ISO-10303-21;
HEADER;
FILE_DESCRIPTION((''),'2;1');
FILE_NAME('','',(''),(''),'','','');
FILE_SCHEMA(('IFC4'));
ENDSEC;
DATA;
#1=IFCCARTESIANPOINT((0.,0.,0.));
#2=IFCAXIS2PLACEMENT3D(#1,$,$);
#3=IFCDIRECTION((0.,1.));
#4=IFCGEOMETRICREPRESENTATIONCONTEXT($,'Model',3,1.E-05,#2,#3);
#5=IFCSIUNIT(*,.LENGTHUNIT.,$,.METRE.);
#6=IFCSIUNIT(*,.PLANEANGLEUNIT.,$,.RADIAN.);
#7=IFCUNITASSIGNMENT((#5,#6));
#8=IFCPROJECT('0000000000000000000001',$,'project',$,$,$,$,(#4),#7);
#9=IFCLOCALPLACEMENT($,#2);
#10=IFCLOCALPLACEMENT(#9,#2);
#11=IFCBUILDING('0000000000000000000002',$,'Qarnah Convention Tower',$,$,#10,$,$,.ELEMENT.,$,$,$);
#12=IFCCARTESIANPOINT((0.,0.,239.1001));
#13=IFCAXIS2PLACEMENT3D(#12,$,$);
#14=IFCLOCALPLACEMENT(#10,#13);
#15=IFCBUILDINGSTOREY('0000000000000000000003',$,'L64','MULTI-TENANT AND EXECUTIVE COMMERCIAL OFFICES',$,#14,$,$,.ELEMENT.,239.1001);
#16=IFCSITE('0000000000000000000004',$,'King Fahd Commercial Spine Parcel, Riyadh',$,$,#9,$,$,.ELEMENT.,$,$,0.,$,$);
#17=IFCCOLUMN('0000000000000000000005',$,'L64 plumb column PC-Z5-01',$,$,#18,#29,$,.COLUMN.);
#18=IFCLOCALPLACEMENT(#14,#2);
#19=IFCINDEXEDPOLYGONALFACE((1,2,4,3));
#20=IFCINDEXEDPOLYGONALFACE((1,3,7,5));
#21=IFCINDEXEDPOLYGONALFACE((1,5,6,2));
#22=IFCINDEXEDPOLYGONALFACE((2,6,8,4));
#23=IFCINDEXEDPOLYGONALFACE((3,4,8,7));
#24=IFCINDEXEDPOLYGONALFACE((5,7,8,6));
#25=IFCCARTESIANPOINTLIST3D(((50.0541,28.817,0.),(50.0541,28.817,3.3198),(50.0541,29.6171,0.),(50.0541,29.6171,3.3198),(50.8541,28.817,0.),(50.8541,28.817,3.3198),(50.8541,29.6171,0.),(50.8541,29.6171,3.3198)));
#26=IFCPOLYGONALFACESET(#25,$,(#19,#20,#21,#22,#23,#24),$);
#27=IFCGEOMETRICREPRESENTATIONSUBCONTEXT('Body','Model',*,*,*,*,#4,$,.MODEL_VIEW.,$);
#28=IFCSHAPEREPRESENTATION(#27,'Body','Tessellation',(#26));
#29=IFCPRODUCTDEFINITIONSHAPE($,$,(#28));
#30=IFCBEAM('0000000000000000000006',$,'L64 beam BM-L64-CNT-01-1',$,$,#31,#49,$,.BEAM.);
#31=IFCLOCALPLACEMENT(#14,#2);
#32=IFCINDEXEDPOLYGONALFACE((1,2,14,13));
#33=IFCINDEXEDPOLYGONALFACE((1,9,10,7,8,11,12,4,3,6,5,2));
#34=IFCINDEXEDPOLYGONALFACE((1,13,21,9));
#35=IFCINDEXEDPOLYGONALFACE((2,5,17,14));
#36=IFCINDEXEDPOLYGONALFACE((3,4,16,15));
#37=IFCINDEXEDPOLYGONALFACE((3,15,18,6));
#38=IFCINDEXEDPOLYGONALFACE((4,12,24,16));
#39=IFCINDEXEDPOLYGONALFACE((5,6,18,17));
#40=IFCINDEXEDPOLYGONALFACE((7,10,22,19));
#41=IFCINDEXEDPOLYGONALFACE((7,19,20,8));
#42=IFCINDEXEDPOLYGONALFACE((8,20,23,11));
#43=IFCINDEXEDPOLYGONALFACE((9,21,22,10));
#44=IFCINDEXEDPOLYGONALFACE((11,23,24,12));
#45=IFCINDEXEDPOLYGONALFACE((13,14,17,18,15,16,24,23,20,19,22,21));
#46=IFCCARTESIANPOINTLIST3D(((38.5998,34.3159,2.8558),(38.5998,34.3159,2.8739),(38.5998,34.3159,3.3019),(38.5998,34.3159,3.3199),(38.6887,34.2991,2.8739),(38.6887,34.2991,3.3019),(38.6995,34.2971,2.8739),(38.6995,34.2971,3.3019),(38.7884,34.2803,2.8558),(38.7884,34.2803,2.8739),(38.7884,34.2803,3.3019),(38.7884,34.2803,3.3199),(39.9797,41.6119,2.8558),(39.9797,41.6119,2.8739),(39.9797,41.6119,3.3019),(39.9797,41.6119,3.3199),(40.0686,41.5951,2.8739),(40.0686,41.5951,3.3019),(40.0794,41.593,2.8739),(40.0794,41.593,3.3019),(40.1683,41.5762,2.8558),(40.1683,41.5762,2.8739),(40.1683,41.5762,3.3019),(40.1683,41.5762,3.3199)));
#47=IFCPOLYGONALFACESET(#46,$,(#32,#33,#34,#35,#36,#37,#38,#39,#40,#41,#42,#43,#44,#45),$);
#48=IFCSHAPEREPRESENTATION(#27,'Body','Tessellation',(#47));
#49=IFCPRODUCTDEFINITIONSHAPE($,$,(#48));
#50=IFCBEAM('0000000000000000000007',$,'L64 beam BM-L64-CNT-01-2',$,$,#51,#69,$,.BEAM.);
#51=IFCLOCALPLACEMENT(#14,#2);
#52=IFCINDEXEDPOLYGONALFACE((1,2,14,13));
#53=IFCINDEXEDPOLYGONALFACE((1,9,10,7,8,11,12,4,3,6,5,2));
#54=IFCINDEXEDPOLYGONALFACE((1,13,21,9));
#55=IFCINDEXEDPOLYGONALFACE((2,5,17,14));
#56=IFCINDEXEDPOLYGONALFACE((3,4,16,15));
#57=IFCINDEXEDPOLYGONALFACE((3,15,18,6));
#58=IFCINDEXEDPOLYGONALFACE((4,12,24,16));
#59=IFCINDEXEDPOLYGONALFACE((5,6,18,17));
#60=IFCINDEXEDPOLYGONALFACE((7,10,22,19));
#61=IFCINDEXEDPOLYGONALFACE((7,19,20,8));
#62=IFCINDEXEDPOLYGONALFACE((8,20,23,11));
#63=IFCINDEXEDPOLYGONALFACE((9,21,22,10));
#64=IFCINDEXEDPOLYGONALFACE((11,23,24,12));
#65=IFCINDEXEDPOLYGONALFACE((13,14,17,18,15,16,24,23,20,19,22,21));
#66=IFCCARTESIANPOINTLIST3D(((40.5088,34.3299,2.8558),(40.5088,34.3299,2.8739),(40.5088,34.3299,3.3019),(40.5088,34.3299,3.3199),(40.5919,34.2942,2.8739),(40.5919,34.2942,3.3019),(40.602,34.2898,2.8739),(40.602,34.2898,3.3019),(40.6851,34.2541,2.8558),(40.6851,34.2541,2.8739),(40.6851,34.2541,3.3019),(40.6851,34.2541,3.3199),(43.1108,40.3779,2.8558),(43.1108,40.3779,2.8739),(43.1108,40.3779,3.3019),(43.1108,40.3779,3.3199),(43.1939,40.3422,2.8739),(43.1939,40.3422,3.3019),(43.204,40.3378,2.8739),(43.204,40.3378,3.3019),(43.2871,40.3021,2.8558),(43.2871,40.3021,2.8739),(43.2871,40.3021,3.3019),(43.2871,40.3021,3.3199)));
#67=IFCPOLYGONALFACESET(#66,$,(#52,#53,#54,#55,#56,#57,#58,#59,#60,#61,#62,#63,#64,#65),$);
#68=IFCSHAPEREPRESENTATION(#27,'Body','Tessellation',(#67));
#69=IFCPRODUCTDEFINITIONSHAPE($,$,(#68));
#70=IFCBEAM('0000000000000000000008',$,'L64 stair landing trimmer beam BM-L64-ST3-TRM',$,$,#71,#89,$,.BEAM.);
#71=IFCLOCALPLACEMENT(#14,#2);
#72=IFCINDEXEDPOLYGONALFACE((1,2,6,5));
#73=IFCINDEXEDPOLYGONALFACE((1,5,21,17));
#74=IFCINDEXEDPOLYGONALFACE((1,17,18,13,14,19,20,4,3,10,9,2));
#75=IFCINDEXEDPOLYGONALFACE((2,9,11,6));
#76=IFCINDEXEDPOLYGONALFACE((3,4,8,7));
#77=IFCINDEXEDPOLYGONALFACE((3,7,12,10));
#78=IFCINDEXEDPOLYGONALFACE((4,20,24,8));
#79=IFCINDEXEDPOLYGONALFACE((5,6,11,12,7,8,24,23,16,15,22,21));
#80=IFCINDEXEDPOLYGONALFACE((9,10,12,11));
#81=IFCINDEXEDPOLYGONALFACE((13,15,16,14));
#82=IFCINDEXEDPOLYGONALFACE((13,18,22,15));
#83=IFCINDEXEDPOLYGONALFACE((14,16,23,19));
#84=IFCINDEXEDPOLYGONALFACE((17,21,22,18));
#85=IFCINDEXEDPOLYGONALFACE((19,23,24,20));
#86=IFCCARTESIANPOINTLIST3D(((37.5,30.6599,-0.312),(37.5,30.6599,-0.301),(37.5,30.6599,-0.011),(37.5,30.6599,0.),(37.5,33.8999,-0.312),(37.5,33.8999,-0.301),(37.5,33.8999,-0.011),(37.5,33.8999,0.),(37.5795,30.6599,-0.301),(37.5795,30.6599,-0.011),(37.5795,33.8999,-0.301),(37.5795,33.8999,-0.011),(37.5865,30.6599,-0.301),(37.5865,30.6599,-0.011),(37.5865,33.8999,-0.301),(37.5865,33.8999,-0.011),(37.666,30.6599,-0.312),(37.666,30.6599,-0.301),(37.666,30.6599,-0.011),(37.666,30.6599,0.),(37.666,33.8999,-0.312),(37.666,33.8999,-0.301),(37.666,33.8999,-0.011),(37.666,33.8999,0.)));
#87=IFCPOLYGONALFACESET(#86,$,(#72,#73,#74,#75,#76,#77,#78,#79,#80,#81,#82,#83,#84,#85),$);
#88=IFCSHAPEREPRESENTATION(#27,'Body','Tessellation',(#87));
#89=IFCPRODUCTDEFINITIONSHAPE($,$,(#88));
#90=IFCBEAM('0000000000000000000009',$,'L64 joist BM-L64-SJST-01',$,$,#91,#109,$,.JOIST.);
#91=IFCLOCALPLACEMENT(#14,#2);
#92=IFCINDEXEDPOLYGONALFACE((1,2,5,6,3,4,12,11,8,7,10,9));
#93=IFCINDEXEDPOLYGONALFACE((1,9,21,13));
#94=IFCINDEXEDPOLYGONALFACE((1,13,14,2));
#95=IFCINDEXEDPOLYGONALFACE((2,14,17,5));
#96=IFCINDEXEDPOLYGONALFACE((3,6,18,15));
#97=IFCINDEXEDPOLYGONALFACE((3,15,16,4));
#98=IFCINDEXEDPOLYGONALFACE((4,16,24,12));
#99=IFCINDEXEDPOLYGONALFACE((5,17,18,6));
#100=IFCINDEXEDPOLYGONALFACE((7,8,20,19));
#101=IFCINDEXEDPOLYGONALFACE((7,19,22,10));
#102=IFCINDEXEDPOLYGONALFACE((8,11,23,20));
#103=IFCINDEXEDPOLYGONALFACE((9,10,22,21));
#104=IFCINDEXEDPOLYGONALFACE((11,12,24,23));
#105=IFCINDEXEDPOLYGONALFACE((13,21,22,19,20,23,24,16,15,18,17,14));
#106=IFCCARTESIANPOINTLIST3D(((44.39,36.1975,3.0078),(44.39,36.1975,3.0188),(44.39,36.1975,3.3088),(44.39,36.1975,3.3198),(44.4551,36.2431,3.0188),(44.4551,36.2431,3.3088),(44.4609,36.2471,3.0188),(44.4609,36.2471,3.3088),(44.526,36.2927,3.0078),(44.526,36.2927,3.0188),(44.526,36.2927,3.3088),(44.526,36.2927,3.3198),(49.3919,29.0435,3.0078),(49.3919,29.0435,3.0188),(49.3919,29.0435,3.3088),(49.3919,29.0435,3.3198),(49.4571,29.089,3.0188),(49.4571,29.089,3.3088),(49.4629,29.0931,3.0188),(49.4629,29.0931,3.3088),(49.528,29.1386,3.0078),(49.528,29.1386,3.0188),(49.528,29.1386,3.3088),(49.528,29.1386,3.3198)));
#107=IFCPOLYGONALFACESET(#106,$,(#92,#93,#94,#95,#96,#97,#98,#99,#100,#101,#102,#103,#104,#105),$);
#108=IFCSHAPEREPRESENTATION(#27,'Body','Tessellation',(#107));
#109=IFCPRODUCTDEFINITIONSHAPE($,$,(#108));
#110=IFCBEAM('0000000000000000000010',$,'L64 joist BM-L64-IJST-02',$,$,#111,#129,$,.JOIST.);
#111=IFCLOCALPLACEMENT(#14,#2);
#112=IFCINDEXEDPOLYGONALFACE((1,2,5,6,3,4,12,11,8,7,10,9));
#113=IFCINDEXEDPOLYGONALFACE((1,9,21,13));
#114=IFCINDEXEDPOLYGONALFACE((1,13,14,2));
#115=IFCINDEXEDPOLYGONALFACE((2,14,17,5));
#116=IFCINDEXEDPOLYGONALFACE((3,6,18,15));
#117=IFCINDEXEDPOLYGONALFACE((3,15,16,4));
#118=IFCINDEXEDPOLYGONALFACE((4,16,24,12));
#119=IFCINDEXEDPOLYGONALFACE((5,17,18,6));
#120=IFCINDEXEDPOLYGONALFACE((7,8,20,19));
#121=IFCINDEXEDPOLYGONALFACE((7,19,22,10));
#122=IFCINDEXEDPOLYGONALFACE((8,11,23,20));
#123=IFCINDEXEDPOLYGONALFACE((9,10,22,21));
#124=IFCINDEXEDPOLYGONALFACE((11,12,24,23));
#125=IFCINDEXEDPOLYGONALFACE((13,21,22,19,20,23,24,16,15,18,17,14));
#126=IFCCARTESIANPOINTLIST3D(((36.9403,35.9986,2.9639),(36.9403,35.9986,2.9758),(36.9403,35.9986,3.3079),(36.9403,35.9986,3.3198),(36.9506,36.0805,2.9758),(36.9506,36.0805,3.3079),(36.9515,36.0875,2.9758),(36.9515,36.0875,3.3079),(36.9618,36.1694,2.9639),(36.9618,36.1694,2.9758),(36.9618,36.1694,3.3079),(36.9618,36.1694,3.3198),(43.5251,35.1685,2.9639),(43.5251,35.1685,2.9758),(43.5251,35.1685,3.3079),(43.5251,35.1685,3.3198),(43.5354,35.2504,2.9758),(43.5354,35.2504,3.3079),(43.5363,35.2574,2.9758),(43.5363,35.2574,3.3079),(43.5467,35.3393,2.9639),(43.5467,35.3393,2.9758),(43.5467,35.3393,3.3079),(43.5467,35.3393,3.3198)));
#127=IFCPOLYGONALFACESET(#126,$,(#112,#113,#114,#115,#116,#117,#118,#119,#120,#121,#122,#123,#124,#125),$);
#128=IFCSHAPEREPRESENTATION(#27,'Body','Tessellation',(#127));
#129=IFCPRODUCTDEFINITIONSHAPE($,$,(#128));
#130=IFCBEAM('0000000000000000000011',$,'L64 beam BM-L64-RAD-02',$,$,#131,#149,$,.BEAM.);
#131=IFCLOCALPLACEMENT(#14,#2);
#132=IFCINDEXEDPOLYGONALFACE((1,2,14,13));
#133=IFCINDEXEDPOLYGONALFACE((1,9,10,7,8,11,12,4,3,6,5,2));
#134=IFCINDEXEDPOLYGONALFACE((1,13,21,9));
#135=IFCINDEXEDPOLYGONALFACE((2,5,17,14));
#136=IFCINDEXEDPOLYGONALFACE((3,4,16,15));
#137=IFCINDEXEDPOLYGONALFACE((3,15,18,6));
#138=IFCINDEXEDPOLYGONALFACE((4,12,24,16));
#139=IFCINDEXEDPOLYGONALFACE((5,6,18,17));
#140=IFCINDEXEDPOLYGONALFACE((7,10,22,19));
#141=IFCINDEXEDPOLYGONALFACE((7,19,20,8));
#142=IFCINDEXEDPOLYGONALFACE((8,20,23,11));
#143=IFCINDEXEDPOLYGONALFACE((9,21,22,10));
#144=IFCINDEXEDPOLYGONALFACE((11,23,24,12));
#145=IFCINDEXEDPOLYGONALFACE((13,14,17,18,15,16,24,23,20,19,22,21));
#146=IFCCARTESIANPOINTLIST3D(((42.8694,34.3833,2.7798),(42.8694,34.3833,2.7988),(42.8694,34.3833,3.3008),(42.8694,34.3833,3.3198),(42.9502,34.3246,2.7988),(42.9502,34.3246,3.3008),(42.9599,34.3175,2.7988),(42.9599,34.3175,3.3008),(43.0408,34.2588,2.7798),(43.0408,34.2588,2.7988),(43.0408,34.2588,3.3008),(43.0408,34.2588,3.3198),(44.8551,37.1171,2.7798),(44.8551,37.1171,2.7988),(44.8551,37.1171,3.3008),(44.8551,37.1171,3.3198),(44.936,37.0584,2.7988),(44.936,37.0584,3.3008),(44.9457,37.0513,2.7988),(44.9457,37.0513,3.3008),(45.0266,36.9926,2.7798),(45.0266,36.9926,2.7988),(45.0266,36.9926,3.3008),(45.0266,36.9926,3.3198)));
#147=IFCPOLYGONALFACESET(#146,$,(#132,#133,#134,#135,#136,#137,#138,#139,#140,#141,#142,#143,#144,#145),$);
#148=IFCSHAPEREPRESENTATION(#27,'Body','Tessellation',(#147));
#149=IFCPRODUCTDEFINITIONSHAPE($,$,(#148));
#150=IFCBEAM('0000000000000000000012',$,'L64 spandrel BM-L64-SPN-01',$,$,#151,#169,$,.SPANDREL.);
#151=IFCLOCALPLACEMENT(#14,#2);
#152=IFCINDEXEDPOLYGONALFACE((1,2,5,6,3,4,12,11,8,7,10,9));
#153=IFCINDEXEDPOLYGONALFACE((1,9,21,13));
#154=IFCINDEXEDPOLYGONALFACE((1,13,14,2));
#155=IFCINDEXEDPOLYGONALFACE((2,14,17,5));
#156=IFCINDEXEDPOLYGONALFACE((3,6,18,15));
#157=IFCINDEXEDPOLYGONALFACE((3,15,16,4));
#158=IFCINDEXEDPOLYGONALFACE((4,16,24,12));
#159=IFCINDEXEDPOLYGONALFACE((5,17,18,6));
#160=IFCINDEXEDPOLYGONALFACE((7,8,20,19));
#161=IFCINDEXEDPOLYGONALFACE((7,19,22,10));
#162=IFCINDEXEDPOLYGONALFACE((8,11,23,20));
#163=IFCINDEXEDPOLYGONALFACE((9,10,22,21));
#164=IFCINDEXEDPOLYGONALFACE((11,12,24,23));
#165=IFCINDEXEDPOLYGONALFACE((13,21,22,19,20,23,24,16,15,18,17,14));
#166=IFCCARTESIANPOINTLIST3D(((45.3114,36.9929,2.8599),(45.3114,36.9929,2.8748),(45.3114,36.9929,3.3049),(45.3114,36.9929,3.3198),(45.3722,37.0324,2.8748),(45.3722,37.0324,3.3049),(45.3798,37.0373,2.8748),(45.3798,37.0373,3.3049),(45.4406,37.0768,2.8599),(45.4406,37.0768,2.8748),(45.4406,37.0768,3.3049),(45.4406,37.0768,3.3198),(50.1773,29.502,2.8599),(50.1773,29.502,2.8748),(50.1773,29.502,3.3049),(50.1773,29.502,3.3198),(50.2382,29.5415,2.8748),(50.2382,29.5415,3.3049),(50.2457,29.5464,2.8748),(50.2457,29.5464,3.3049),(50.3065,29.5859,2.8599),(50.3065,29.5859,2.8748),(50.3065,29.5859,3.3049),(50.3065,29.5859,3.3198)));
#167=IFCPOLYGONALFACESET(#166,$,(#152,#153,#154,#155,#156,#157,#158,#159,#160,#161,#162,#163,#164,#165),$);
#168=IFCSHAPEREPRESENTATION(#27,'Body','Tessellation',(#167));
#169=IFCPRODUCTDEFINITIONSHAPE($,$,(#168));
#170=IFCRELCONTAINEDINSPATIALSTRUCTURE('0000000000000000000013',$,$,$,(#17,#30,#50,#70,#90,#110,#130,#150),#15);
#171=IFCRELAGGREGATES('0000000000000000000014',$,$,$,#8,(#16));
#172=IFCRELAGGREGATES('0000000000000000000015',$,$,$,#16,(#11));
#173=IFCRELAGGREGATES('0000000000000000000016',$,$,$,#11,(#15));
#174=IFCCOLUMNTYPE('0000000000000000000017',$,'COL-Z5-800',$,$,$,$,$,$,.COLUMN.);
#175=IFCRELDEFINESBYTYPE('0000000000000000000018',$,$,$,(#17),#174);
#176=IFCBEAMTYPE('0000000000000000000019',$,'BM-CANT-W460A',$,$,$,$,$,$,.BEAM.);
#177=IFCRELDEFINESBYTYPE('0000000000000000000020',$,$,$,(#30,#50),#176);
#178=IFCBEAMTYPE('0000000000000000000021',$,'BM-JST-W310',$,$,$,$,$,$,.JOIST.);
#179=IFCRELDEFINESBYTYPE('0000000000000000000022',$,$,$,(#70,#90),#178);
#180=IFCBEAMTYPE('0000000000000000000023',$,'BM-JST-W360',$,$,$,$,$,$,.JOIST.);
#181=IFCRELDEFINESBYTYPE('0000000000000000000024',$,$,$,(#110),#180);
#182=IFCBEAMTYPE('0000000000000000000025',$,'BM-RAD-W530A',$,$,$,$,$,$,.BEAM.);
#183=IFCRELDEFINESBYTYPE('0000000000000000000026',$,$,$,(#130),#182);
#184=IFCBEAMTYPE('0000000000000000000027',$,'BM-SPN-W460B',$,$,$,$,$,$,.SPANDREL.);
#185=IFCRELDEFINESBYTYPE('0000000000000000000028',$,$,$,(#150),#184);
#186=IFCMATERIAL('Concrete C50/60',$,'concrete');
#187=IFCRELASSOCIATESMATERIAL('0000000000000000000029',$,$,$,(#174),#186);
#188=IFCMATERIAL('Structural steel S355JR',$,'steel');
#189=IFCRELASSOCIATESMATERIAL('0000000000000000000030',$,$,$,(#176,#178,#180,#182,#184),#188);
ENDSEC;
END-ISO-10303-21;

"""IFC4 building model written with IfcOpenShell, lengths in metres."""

from ifc_helpers import new_model, si_unit, direction, frame, origin, origin_2d, place, context, subcontext, project, spatial, rectangle, i_section, extrude, material, material_profile, profile_set, type_object, element, save


model = new_model("IFC4")

# Units and contexts
model_context = context("Model", 3, precision=1e-05, world=origin(), true_north=direction((0.0, 1.0)))
body_context = subcontext(model_context, "Body", "Model", "MODEL_VIEW")
ifc_project = project(units=[si_unit("LENGTHUNIT", "METRE"), si_unit("PLANEANGLEUNIT", "RADIAN")], contexts=[model_context])

# Site, building, storey
site_placement = place(None, origin())
site = spatial("IfcSite", under=ifc_project, at=site_placement, Name="King Fahd Commercial Spine Parcel, Riyadh", CompositionType="ELEMENT", RefElevation=0.0)
building_placement = place(site_placement, origin())
building = spatial("IfcBuilding", under=site, at=building_placement, Name="Qarnah Convention Tower", CompositionType="ELEMENT")
storey_placement = place(building_placement, frame((0.0, 0.0, 239.1001)))
storey = spatial("IfcBuildingStorey", under=building, at=storey_placement, Name="L64", Description="MULTI-TENANT AND EXECUTIVE COMMERCIAL OFFICES", CompositionType="ELEMENT", Elevation=239.1001)

# Column
ifc_material_1 = material(Name="Concrete C50/60", Category="concrete")
ifc_material_profile_1 = material_profile(ifc_material_1, rectangle(XDim=0.8, YDim=0.8, at=origin_2d()), Name="RC-COL-800X800")
ifc_profile_set_1 = profile_set([ifc_material_profile_1], Name="Concrete C50/60")
column_type = type_object("IfcColumnType", Name="COL-Z5-800", PredefinedType="COLUMN", material=ifc_profile_set_1)
column_placement = place(storey_placement, frame((50.4541, 29.217, 0.0), z_axis=(0.0, 0.0, 1.0), x_axis=(1.0, 0.0, 0.0)))
element("IfcColumn", 1, at=column_placement, inside=storey, type_object=column_type, Name="L64 plumb column PC-Z5-01", PredefinedType="COLUMN", context=body_context, shape_type="SweptSolid", body=[
    extrude(rectangle(XDim=0.8, YDim=0.8, at=origin_2d()), origin(), (0.0, 0.0, 1.0), 3.3198),
])

# Beams
ifc_material_2 = material(Name="Structural steel S355JR", Category="steel")
ifc_material_profile_2 = material_profile(ifc_material_2, i_section(OverallWidth=0.1919, OverallDepth=0.4641, WebThickness=0.011, FlangeThickness=0.0181, at=origin_2d()), Name="W460X89")
ifc_profile_set_2 = profile_set([ifc_material_profile_2], Name="Structural steel S355JR")
beam_type_1 = type_object("IfcBeamType", Name="BM-CANT-W460A", PredefinedType="BEAM", material=ifc_profile_set_2)
beam_1_placement = place(storey_placement, frame((38.6941, 34.2981, 3.0879), z_axis=(0.185837, 0.982581, 0.0), x_axis=(-0.982581, 0.185837, 0.0)))
element("IfcBeam", 2, at=beam_1_placement, inside=storey, type_object=beam_type_1, Name="L64 beam BM-L64-CNT-01-1", PredefinedType="BEAM", context=body_context, shape_type="SweptSolid", body=[
    extrude(i_section(OverallWidth=0.1919, OverallDepth=0.4641, WebThickness=0.011, FlangeThickness=0.0181, at=origin_2d()), origin(), (0.0, 0.0, 1.0), 7.4253),
])
beam_2_placement = place(storey_placement, frame((40.5969, 34.292, 3.0879), z_axis=(0.395203, 0.918594, 0.0), x_axis=(-0.918594, 0.395203, 0.0)))
element("IfcBeam", 3, at=beam_2_placement, inside=storey, type_object=beam_type_1, Name="L64 beam BM-L64-CNT-01-2", PredefinedType="BEAM", context=body_context, shape_type="SweptSolid", body=[
    extrude(i_section(OverallWidth=0.1919, OverallDepth=0.4641, WebThickness=0.011, FlangeThickness=0.0181, at=origin_2d()), origin(), (0.0, 0.0, 1.0), 6.584),
])
ifc_material_profile_3 = material_profile(ifc_material_2, i_section(OverallWidth=0.166, OverallDepth=0.312, WebThickness=0.0071, FlangeThickness=0.011, at=origin_2d()), Name="W310X45")
ifc_profile_set_3 = profile_set([ifc_material_profile_3], Name="Structural steel S355JR")
beam_type_2 = type_object("IfcBeamType", Name="BM-JST-W310", PredefinedType="JOIST", material=ifc_profile_set_3)
beam_3_placement = place(storey_placement, frame((37.583, 30.6599, -0.156), z_axis=(0.0, 1.0, 0.0), x_axis=(-1.0, 0.0, 0.0)))
element("IfcBeam", 4, at=beam_3_placement, inside=storey, type_object=beam_type_2, Name="L64 stair landing trimmer beam BM-L64-ST3-TRM", PredefinedType="BEAM", context=body_context, shape_type="SweptSolid", body=[
    extrude(i_section(OverallWidth=0.166, OverallDepth=0.312, WebThickness=0.0071, FlangeThickness=0.011, at=origin_2d()), origin(), (0.0, 0.0, 1.0), 3.24),
])
beam_4_placement = place(storey_placement, frame((49.46, 29.0911, 3.1638), z_axis=(-0.57301, 0.819548, 0.0), x_axis=(-0.819548, -0.57301, 0.0)))
element("IfcBeam", 5, at=beam_4_placement, inside=storey, type_object=beam_type_2, Name="L64 joist BM-L64-SJST-01", PredefinedType="JOIST", context=body_context, shape_type="SweptSolid", body=[
    extrude(i_section(OverallWidth=0.166, OverallDepth=0.312, WebThickness=0.0071, FlangeThickness=0.011, at=origin_2d()), origin(), (0.0, 0.0, 1.0), 8.7292),
])
ifc_material_profile_4 = material_profile(ifc_material_2, i_section(OverallWidth=0.1721, OverallDepth=0.356, WebThickness=0.0071, FlangeThickness=0.012, at=origin_2d()), Name="W360X51")
ifc_profile_set_4 = profile_set([ifc_material_profile_4], Name="Structural steel S355JR")
beam_type_3 = type_object("IfcBeamType", Name="BM-JST-W360", PredefinedType="JOIST", material=ifc_profile_set_4)
beam_5_placement = place(storey_placement, frame((43.5359, 35.2539, 3.1418), z_axis=(-0.992148, 0.125067, 0.0), x_axis=(-0.125067, -0.992148, 0.0)))
element("IfcBeam", 6, at=beam_5_placement, inside=storey, type_object=beam_type_3, Name="L64 joist BM-L64-IJST-02", PredefinedType="JOIST", context=body_context, shape_type="SweptSolid", body=[
    extrude(i_section(OverallWidth=0.1721, OverallDepth=0.356, WebThickness=0.0071, FlangeThickness=0.012, at=origin_2d()), origin(), (0.0, 0.0, 1.0), 6.637),
])
ifc_material_profile_5 = material_profile(ifc_material_2, i_section(OverallWidth=0.2119, OverallDepth=0.54, WebThickness=0.012, FlangeThickness=0.019, at=origin_2d()), Name="W530X109")
ifc_profile_set_5 = profile_set([ifc_material_profile_5], Name="Structural steel S355JR")
beam_type_4 = type_object("IfcBeamType", Name="BM-RAD-W530A", PredefinedType="BEAM", material=ifc_profile_set_5)
beam_6_placement = place(storey_placement, frame((42.9551, 34.321, 3.0498), z_axis=(0.587699, 0.80908, 0.0), x_axis=(-0.80908, 0.587699, 0.0)))
element("IfcBeam", 7, at=beam_6_placement, inside=storey, type_object=beam_type_4, Name="L64 beam BM-L64-RAD-02", PredefinedType="BEAM", context=body_context, shape_type="SweptSolid", body=[
    extrude(i_section(OverallWidth=0.2119, OverallDepth=0.54, WebThickness=0.012, FlangeThickness=0.019, at=origin_2d()), origin(), (0.0, 0.0, 1.0), 3.3789),
])
ifc_material_profile_6 = material_profile(ifc_material_2, i_section(OverallWidth=0.1541, OverallDepth=0.46, WebThickness=0.009, FlangeThickness=0.0149, at=origin_2d()), Name="W460X68")
ifc_profile_set_6 = profile_set([ifc_material_profile_6], Name="Structural steel S355JR")
beam_type_5 = type_object("IfcBeamType", Name="BM-SPN-W460B", PredefinedType="SPANDREL", material=ifc_profile_set_6)
beam_7_placement = place(storey_placement, frame((50.2419, 29.5439, 3.0898), z_axis=(-0.54474, 0.838605, 0.0), x_axis=(-0.838605, -0.54474, 0.0)))
element("IfcBeam", 8, at=beam_7_placement, inside=storey, type_object=beam_type_5, Name="L64 spandrel BM-L64-SPN-01", PredefinedType="SPANDREL", context=body_context, shape_type="SweptSolid", body=[
    extrude(i_section(OverallWidth=0.1541, OverallDepth=0.46, WebThickness=0.009, FlangeThickness=0.0149, at=origin_2d()), origin(), (0.0, 0.0, 1.0), 8.9326),
])

save(model, "model.ifc")
